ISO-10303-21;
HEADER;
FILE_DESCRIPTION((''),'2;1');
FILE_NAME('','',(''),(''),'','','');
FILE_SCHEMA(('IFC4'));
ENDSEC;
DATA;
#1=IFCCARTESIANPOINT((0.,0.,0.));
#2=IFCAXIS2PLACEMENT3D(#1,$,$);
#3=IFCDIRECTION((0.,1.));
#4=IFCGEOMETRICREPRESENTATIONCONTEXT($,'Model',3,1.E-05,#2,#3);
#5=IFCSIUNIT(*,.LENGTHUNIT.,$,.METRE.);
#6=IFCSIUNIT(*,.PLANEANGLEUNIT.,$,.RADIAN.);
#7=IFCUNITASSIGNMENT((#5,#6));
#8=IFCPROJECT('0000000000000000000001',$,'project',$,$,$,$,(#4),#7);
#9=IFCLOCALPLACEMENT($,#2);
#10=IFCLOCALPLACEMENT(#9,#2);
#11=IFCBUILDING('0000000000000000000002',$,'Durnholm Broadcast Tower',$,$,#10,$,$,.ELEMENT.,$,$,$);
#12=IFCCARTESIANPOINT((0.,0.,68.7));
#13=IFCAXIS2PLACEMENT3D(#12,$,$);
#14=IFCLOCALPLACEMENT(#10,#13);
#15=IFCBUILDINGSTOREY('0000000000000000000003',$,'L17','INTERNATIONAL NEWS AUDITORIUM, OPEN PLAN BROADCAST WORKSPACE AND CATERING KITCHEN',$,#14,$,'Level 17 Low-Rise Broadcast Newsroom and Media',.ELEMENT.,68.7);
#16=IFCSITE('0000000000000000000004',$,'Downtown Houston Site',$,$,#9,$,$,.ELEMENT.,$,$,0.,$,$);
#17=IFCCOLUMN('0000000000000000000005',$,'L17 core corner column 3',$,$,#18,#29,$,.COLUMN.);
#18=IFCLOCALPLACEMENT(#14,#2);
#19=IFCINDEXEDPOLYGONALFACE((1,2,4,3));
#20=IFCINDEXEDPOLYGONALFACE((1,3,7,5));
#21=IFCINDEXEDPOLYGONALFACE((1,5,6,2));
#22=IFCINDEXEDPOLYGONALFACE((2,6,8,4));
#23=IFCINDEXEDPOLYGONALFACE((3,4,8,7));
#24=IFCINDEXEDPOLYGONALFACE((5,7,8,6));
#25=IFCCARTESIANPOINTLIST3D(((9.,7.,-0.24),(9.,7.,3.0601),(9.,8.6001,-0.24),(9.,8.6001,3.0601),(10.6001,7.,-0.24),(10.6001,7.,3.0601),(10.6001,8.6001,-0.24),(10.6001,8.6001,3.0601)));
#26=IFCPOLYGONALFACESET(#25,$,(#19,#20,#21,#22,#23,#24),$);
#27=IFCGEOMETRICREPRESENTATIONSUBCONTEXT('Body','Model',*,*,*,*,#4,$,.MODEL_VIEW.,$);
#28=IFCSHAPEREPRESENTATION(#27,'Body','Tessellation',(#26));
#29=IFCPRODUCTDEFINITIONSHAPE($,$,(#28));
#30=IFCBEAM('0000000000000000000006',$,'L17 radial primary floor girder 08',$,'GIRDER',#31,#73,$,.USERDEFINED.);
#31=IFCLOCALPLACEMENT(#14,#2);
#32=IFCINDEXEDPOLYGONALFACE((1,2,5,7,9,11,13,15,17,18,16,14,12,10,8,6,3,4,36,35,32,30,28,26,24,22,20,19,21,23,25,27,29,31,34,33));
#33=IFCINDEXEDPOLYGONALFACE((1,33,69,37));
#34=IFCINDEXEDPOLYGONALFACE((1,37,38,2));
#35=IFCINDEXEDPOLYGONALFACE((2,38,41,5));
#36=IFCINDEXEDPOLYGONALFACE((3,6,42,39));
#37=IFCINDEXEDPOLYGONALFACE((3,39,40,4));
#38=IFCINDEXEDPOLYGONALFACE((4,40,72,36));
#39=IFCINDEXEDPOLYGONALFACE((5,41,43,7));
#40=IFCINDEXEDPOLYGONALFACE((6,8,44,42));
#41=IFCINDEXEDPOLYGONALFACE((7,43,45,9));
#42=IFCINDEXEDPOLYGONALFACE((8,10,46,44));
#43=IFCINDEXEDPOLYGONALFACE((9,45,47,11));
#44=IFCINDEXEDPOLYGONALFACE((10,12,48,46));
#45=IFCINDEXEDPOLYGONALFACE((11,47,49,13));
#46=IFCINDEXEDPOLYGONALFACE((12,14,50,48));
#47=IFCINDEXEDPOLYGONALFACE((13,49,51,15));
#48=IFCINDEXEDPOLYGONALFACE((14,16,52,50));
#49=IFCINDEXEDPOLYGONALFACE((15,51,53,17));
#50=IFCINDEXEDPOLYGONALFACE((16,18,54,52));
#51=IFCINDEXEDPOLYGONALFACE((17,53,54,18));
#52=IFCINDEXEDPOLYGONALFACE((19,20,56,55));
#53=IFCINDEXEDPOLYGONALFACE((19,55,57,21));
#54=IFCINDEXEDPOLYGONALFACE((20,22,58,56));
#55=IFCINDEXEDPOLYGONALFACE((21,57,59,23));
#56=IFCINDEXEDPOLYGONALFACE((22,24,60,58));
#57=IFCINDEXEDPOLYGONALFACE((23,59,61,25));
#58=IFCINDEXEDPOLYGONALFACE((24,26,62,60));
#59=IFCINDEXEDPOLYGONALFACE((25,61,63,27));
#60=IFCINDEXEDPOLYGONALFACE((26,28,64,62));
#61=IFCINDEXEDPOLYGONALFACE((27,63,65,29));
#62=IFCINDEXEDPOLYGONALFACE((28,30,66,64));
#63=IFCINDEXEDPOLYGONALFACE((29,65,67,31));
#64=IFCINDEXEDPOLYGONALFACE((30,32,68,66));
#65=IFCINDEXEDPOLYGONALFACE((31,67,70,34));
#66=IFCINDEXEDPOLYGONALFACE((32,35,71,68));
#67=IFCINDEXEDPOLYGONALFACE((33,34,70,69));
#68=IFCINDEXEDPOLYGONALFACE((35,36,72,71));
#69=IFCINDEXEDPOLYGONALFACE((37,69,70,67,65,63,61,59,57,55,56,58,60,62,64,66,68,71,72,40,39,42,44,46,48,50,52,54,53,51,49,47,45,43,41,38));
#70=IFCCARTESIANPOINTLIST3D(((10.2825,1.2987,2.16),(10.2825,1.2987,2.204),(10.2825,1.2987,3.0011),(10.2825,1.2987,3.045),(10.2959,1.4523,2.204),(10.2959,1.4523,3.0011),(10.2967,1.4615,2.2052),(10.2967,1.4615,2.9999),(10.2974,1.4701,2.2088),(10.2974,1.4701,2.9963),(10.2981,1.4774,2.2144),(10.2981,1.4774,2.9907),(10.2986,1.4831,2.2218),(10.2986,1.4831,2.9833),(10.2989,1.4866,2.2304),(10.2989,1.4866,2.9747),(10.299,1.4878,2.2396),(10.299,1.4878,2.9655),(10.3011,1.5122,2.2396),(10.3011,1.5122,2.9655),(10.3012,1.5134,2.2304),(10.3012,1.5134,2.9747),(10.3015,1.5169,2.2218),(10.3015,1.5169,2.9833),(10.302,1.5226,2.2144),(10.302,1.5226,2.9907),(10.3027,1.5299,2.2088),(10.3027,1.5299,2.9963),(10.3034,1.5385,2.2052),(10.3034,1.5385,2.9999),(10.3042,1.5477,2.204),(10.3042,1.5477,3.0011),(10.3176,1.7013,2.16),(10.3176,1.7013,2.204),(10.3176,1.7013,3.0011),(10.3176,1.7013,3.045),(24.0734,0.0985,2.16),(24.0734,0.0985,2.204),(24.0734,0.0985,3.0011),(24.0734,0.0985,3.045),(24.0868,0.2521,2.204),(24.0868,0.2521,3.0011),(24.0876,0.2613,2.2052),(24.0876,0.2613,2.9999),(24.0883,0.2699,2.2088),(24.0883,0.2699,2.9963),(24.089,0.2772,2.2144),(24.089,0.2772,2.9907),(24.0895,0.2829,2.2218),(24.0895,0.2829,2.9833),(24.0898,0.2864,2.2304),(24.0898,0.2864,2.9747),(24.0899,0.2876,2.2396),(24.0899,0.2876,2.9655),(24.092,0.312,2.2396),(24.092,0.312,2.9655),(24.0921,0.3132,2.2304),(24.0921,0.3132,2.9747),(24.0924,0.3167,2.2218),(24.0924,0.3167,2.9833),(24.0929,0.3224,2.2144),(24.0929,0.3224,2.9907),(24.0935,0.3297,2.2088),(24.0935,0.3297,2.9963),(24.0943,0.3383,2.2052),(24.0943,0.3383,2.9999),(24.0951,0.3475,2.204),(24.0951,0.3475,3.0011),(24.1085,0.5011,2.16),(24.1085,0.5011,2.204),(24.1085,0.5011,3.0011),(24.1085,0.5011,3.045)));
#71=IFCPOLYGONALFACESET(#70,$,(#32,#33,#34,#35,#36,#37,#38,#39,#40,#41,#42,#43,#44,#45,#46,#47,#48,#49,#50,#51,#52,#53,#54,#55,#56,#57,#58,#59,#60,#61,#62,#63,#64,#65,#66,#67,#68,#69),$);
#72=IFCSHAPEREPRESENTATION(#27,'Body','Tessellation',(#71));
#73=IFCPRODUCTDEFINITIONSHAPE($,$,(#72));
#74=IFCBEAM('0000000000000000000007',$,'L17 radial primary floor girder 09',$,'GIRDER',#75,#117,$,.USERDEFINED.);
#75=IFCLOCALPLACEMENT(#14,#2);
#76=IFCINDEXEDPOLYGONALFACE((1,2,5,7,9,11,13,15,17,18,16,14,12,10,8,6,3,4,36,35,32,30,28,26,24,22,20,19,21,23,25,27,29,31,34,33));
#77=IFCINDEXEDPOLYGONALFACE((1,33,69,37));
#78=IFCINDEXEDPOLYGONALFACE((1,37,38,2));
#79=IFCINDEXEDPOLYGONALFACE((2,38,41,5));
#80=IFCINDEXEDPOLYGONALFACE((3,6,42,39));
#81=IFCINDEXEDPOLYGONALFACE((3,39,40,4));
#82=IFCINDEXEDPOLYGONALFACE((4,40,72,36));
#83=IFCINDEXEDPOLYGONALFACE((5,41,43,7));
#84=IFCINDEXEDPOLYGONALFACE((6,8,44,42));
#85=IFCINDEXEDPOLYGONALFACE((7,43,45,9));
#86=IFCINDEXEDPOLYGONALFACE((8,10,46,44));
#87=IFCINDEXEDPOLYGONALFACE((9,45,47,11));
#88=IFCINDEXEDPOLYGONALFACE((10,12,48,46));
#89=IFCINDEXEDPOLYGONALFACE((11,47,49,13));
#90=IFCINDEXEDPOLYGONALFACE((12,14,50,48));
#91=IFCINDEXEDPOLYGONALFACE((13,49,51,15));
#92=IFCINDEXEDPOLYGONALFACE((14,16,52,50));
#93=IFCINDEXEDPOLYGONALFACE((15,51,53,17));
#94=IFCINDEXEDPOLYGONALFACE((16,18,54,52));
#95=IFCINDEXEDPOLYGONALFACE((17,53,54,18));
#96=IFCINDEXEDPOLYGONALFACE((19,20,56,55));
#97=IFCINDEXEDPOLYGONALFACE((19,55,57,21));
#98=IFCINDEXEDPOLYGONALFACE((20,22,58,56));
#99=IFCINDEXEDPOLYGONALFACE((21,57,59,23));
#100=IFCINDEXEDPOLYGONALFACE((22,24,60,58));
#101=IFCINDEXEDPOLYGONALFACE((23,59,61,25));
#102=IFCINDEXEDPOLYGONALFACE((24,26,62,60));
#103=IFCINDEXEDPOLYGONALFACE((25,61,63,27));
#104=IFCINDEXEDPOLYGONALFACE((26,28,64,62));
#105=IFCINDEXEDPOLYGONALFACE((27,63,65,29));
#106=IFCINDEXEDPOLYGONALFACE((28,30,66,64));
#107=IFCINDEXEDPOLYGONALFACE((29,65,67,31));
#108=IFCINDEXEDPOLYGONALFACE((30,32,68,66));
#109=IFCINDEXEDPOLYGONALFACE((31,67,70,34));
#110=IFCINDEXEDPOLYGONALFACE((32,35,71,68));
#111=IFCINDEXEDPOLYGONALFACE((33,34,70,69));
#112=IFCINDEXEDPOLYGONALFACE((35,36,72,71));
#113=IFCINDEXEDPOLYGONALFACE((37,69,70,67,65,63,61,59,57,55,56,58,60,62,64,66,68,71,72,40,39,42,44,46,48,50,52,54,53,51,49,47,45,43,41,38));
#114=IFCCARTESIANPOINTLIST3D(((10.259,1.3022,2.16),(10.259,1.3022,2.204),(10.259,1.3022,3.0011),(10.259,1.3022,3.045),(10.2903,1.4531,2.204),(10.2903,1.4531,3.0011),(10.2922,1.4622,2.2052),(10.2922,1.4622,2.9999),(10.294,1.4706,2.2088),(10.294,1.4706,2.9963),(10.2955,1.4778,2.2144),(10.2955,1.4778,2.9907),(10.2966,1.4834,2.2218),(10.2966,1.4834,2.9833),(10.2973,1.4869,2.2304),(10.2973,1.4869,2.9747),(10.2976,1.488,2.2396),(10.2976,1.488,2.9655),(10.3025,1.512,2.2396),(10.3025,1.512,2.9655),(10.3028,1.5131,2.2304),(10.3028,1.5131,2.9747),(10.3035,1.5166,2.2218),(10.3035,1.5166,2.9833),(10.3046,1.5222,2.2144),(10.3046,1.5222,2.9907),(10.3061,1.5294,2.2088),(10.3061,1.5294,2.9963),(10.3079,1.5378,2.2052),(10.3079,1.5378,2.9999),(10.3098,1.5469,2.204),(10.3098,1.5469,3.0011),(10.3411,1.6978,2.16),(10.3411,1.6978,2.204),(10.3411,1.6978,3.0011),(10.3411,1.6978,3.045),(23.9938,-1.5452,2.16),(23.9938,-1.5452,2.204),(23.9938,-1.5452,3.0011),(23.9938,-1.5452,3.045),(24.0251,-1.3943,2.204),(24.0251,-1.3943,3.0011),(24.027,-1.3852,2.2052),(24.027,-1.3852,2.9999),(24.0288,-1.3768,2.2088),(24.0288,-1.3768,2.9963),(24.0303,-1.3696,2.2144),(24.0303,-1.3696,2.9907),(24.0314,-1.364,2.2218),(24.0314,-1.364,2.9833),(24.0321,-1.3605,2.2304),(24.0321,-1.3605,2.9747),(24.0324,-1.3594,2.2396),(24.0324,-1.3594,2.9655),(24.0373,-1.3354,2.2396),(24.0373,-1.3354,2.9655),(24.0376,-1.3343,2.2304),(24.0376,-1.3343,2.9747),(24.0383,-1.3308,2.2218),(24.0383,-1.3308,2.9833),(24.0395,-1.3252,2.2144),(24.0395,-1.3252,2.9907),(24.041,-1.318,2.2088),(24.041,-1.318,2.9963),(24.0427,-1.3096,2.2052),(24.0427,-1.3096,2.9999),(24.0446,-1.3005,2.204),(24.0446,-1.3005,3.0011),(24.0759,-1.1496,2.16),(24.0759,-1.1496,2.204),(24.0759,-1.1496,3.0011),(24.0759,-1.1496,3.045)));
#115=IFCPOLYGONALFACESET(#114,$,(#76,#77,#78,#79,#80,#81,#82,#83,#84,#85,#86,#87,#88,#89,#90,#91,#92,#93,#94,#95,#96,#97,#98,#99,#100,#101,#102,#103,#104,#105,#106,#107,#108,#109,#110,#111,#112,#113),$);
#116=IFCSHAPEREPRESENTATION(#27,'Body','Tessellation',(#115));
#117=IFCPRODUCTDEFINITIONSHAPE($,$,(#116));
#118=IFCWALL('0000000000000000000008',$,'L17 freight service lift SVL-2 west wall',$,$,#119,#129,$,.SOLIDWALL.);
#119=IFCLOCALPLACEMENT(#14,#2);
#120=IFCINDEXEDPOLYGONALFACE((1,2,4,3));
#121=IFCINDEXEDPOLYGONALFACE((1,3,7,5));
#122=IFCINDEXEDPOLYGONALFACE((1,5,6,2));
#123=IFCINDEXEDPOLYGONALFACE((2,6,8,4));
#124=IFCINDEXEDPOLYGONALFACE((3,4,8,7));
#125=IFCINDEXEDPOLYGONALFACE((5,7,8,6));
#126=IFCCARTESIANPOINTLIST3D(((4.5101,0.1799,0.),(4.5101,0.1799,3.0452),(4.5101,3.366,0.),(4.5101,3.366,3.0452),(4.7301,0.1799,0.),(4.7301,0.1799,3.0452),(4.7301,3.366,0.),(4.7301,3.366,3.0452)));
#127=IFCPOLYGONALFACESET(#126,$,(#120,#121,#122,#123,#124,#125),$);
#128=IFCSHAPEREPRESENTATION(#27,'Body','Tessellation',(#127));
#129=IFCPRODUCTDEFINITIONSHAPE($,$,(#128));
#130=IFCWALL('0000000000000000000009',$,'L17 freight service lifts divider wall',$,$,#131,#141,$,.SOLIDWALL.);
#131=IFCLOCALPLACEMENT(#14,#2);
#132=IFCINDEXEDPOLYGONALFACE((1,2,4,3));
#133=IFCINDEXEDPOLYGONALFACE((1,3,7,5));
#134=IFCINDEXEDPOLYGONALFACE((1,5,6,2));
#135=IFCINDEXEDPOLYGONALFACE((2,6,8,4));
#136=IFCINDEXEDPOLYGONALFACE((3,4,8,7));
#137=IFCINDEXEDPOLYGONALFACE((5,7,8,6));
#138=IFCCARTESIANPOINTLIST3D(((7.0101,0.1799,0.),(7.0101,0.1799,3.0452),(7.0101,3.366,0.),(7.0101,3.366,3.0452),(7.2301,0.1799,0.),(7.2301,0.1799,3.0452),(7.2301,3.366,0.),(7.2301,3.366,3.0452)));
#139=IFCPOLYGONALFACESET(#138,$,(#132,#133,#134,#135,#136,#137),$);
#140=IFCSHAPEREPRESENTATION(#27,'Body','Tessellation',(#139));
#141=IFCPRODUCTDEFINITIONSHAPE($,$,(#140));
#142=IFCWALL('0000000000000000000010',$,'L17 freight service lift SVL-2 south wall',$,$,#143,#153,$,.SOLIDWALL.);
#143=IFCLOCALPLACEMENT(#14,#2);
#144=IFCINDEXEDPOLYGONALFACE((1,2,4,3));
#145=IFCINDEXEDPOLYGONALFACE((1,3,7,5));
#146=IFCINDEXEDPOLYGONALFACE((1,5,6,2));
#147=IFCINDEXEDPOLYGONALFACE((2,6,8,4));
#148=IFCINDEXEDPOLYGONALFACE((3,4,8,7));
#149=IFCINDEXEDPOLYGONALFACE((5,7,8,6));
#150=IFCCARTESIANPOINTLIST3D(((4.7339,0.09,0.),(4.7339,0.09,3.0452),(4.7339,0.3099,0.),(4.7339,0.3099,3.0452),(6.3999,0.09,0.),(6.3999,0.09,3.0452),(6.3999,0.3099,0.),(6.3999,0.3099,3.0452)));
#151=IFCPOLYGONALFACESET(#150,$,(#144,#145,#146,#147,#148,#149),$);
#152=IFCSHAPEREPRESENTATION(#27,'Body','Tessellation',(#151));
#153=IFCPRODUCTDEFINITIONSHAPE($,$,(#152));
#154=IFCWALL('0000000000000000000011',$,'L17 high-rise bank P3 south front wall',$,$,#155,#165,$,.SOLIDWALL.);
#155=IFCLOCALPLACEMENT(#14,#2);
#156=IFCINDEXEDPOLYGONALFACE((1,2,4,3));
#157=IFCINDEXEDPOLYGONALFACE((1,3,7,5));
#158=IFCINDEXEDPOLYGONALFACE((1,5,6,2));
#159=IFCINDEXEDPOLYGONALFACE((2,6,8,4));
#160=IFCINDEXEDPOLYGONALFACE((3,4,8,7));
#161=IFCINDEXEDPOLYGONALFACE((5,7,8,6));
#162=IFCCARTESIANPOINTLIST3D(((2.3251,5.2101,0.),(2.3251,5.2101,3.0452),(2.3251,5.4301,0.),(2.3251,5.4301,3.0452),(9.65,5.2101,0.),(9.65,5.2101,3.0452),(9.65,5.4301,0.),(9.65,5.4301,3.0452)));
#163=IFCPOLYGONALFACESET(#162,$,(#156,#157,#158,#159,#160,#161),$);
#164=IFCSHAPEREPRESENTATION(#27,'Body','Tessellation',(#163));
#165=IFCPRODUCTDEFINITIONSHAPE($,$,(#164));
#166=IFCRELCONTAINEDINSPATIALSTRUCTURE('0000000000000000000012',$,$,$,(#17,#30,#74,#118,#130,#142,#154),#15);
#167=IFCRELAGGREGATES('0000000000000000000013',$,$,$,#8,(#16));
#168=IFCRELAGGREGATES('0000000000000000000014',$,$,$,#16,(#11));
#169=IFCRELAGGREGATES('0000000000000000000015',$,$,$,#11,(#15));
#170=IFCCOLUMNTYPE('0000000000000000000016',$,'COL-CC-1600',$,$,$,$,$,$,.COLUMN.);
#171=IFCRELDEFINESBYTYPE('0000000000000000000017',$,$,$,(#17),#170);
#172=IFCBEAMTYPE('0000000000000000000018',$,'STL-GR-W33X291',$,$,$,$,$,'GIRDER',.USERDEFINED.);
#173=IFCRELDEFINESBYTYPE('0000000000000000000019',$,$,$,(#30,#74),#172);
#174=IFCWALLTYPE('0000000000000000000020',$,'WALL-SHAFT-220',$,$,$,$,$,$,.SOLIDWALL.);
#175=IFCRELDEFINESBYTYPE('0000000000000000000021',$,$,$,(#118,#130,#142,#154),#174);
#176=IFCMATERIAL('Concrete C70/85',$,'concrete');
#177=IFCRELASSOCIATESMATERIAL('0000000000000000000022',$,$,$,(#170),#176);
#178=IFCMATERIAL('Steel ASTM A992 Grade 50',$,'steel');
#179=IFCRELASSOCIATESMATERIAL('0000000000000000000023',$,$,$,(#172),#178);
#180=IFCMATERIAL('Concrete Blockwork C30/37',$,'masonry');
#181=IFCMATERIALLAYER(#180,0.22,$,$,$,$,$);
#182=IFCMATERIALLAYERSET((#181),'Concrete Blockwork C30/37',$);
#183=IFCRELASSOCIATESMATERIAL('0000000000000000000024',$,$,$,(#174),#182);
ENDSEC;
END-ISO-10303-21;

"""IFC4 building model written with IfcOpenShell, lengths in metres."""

from ifc_helpers import new_model, si_unit, direction, frame, frame_2d, origin, origin_2d, place, context, subcontext, project, spatial, rectangle, i_section, extrude, source, transform, mapped, material, layer, layer_set, material_profile, profile_set, type_object, type_shapes, element, save


model = new_model("IFC4")

# Units and contexts
model_context = context("Model", 3, precision=1e-05, world=origin(), true_north=direction((0.0, 1.0)))
body_context = subcontext(model_context, "Body", "Model", "MODEL_VIEW")
ifc_project = project(units=[si_unit("LENGTHUNIT", "METRE"), si_unit("PLANEANGLEUNIT", "RADIAN")], contexts=[model_context])

# Site, building, storey
site_placement = place(None, origin())
site = spatial("IfcSite", under=ifc_project, at=site_placement, Name="Downtown Houston Site", CompositionType="ELEMENT", RefElevation=0.0)
building_placement = place(site_placement, origin())
building = spatial("IfcBuilding", under=site, at=building_placement, Name="Durnholm Broadcast Tower", CompositionType="ELEMENT")
storey_placement = place(building_placement, frame((0.0, 0.0, 68.7)))
storey = spatial("IfcBuildingStorey", under=building, at=storey_placement, Name="L17", Description="INTERNATIONAL NEWS AUDITORIUM, OPEN PLAN BROADCAST WORKSPACE AND CATERING KITCHEN", LongName="Level 17 Low-Rise Broadcast Newsroom and Media", CompositionType="ELEMENT", Elevation=68.7)

# Column
ifc_material_1 = material(Name="Concrete C70/85", Category="concrete")
ifc_material_profile_1 = material_profile(ifc_material_1, rectangle(XDim=1.6001, YDim=1.6001, at=origin_2d()), Name="RC1600X1600")
ifc_profile_set_1 = profile_set([ifc_material_profile_1], Name="Concrete C70/85")
column_type = type_object("IfcColumnType", Name="COL-CC-1600", PredefinedType="COLUMN", material=ifc_profile_set_1)
shared_shape_1 = source(origin(), body_context, "Body", "SweptSolid", [
    extrude(rectangle(XDim=1.6001, YDim=1.6001, at=origin_2d()), origin(), (0.0, 0.0, 1.0), 3.3),
])
type_shapes(column_type, [shared_shape_1])
column_placement = place(storey_placement, frame((9.8, 7.8, -0.24), z_axis=(0.0, 0.0, 1.0), x_axis=(1.0, 0.0, 0.0)))
element("IfcColumn", 1, at=column_placement, inside=storey, type_object=column_type, Name="L17 core corner column 3", PredefinedType="COLUMN", context=body_context, shape_type="MappedRepresentation", body=[
    mapped(shared_shape_1, transform((0.0, 0.0, 0.0), x_axis=(1.0, 0.0, 0.0), y_axis=(0.0, 1.0, 0.0), z_axis=(0.0, 0.0, 1.0), scale=1.0)),
])

# Beams
ifc_material_2 = material(Name="Steel ASTM A992 Grade 50", Category="steel")
ifc_material_profile_2 = material_profile(ifc_material_2, i_section(OverallWidth=0.4041, OverallDepth=0.885, WebThickness=0.0244, FlangeThickness=0.0439, FilletRadius=0.0356, at=origin_2d()), Name="W33X291")
ifc_profile_set_2 = profile_set([ifc_material_profile_2], Name="Steel ASTM A992 Grade 50")
beam_type = type_object("IfcBeamType", Name="STL-GR-W33X291", ElementType="GIRDER", PredefinedType="USERDEFINED", material=ifc_profile_set_2)
shared_shape_2 = source(origin(), body_context, "Body", "SweptSolid", [
    extrude(i_section(OverallWidth=0.4041, OverallDepth=0.885, WebThickness=0.0244, FlangeThickness=0.0439, FilletRadius=0.0356, at=origin_2d()), origin(), (0.0, 0.0, 1.0), 13.843),
])
beam_1_placement = place(storey_placement, frame((10.3, 1.5, 2.6025), z_axis=(0.996234, -0.086701, 0.0), x_axis=(0.086701, 0.996234, 0.0)))
element("IfcBeam", 2, at=beam_1_placement, inside=storey, type_object=beam_type, Name="L17 radial primary floor girder 08", ObjectType="GIRDER", PredefinedType="USERDEFINED", context=body_context, shape_type="MappedRepresentation", body=[
    mapped(shared_shape_2, transform((0.0, 0.0, 0.0), x_axis=(1.0, 0.0, 0.0), y_axis=(0.0, 1.0, 0.0), z_axis=(0.0, 0.0, 1.0), scale=1.0)),
])
shared_shape_3 = source(origin(), body_context, "Body", "SweptSolid", [
    extrude(i_section(OverallWidth=0.4041, OverallDepth=0.885, WebThickness=0.0244, FlangeThickness=0.0439, FilletRadius=0.0356, at=origin_2d()), origin(), (0.0, 0.0, 1.0), 14.0269),
])
type_shapes(beam_type, [shared_shape_2, shared_shape_3])
beam_2_placement = place(storey_placement, frame((10.3, 1.5, 2.6025), z_axis=(0.979179, -0.202996, 0.0), x_axis=(0.202996, 0.979179, 0.0)))
element("IfcBeam", 3, at=beam_2_placement, inside=storey, type_object=beam_type, Name="L17 radial primary floor girder 09", ObjectType="GIRDER", PredefinedType="USERDEFINED", context=body_context, shape_type="MappedRepresentation", body=[
    mapped(shared_shape_3, transform((0.0, 0.0, 0.0), x_axis=(1.0, 0.0, 0.0), y_axis=(0.0, 1.0, 0.0), z_axis=(0.0, 0.0, 1.0), scale=1.0)),
])

# Shared definitions
ifc_material_3 = material(Name="Concrete Blockwork C30/37", Category="masonry")
ifc_layer_1 = layer(ifc_material_3, 0.22)
ifc_layer_set_1 = layer_set([ifc_layer_1], Name="Concrete Blockwork C30/37")
wall_type_1 = type_object("IfcWallType", Name="WALL-SHAFT-220", PredefinedType="SOLIDWALL", material=ifc_layer_set_1)

# Walls
for number, where, z_axis, x_axis, name in (
    (4, (4.6201, 0.1799, 0.0), (0.0, 0.0, 1.0), (0.0, 1.0, 0.0), "L17 freight service lift SVL-2 west wall"),
    (5, (7.1201, 0.1799, 0.0), (0.0, 0.0, 1.0), (0.0, 1.0, 0.0), "L17 freight service lifts divider wall"),
):
    element("IfcWall", number, at=place(storey_placement, frame(where, z_axis=z_axis, x_axis=x_axis)), inside=storey, type_object=wall_type_1, Name=name, PredefinedType="SOLIDWALL", context=body_context, shape_type="SweptSolid", body=[
        extrude(rectangle(XDim=3.186, YDim=0.22, at=frame_2d((1.593, 0.0))), origin(), (0.0, 0.0, 1.0), 3.0452),
    ])
wall_1_placement = place(storey_placement, frame((4.7339, 0.2, 0.0), z_axis=(0.0, 0.0, 1.0), x_axis=(1.0, 0.0, 0.0)))
element("IfcWall", 6, at=wall_1_placement, inside=storey, type_object=wall_type_1, Name="L17 freight service lift SVL-2 south wall", PredefinedType="SOLIDWALL", context=body_context, shape_type="SweptSolid", body=[
    extrude(rectangle(XDim=1.666, YDim=0.22, at=frame_2d((0.833, 0.0))), origin(), (0.0, 0.0, 1.0), 3.0452),
])
wall_2_placement = place(storey_placement, frame((2.325, 5.3201, 0.0), z_axis=(0.0, 0.0, 1.0), x_axis=(1.0, 0.0, 0.0)))
element("IfcWall", 7, at=wall_2_placement, inside=storey, type_object=wall_type_1, Name="L17 high-rise bank P3 south front wall", PredefinedType="SOLIDWALL", context=body_context, shape_type="SweptSolid", body=[
    extrude(rectangle(XDim=7.325, YDim=0.22, at=frame_2d((3.6626, 0.0))), origin(), (0.0, 0.0, 1.0), 3.0452),
])

save(model, "model.ifc")
